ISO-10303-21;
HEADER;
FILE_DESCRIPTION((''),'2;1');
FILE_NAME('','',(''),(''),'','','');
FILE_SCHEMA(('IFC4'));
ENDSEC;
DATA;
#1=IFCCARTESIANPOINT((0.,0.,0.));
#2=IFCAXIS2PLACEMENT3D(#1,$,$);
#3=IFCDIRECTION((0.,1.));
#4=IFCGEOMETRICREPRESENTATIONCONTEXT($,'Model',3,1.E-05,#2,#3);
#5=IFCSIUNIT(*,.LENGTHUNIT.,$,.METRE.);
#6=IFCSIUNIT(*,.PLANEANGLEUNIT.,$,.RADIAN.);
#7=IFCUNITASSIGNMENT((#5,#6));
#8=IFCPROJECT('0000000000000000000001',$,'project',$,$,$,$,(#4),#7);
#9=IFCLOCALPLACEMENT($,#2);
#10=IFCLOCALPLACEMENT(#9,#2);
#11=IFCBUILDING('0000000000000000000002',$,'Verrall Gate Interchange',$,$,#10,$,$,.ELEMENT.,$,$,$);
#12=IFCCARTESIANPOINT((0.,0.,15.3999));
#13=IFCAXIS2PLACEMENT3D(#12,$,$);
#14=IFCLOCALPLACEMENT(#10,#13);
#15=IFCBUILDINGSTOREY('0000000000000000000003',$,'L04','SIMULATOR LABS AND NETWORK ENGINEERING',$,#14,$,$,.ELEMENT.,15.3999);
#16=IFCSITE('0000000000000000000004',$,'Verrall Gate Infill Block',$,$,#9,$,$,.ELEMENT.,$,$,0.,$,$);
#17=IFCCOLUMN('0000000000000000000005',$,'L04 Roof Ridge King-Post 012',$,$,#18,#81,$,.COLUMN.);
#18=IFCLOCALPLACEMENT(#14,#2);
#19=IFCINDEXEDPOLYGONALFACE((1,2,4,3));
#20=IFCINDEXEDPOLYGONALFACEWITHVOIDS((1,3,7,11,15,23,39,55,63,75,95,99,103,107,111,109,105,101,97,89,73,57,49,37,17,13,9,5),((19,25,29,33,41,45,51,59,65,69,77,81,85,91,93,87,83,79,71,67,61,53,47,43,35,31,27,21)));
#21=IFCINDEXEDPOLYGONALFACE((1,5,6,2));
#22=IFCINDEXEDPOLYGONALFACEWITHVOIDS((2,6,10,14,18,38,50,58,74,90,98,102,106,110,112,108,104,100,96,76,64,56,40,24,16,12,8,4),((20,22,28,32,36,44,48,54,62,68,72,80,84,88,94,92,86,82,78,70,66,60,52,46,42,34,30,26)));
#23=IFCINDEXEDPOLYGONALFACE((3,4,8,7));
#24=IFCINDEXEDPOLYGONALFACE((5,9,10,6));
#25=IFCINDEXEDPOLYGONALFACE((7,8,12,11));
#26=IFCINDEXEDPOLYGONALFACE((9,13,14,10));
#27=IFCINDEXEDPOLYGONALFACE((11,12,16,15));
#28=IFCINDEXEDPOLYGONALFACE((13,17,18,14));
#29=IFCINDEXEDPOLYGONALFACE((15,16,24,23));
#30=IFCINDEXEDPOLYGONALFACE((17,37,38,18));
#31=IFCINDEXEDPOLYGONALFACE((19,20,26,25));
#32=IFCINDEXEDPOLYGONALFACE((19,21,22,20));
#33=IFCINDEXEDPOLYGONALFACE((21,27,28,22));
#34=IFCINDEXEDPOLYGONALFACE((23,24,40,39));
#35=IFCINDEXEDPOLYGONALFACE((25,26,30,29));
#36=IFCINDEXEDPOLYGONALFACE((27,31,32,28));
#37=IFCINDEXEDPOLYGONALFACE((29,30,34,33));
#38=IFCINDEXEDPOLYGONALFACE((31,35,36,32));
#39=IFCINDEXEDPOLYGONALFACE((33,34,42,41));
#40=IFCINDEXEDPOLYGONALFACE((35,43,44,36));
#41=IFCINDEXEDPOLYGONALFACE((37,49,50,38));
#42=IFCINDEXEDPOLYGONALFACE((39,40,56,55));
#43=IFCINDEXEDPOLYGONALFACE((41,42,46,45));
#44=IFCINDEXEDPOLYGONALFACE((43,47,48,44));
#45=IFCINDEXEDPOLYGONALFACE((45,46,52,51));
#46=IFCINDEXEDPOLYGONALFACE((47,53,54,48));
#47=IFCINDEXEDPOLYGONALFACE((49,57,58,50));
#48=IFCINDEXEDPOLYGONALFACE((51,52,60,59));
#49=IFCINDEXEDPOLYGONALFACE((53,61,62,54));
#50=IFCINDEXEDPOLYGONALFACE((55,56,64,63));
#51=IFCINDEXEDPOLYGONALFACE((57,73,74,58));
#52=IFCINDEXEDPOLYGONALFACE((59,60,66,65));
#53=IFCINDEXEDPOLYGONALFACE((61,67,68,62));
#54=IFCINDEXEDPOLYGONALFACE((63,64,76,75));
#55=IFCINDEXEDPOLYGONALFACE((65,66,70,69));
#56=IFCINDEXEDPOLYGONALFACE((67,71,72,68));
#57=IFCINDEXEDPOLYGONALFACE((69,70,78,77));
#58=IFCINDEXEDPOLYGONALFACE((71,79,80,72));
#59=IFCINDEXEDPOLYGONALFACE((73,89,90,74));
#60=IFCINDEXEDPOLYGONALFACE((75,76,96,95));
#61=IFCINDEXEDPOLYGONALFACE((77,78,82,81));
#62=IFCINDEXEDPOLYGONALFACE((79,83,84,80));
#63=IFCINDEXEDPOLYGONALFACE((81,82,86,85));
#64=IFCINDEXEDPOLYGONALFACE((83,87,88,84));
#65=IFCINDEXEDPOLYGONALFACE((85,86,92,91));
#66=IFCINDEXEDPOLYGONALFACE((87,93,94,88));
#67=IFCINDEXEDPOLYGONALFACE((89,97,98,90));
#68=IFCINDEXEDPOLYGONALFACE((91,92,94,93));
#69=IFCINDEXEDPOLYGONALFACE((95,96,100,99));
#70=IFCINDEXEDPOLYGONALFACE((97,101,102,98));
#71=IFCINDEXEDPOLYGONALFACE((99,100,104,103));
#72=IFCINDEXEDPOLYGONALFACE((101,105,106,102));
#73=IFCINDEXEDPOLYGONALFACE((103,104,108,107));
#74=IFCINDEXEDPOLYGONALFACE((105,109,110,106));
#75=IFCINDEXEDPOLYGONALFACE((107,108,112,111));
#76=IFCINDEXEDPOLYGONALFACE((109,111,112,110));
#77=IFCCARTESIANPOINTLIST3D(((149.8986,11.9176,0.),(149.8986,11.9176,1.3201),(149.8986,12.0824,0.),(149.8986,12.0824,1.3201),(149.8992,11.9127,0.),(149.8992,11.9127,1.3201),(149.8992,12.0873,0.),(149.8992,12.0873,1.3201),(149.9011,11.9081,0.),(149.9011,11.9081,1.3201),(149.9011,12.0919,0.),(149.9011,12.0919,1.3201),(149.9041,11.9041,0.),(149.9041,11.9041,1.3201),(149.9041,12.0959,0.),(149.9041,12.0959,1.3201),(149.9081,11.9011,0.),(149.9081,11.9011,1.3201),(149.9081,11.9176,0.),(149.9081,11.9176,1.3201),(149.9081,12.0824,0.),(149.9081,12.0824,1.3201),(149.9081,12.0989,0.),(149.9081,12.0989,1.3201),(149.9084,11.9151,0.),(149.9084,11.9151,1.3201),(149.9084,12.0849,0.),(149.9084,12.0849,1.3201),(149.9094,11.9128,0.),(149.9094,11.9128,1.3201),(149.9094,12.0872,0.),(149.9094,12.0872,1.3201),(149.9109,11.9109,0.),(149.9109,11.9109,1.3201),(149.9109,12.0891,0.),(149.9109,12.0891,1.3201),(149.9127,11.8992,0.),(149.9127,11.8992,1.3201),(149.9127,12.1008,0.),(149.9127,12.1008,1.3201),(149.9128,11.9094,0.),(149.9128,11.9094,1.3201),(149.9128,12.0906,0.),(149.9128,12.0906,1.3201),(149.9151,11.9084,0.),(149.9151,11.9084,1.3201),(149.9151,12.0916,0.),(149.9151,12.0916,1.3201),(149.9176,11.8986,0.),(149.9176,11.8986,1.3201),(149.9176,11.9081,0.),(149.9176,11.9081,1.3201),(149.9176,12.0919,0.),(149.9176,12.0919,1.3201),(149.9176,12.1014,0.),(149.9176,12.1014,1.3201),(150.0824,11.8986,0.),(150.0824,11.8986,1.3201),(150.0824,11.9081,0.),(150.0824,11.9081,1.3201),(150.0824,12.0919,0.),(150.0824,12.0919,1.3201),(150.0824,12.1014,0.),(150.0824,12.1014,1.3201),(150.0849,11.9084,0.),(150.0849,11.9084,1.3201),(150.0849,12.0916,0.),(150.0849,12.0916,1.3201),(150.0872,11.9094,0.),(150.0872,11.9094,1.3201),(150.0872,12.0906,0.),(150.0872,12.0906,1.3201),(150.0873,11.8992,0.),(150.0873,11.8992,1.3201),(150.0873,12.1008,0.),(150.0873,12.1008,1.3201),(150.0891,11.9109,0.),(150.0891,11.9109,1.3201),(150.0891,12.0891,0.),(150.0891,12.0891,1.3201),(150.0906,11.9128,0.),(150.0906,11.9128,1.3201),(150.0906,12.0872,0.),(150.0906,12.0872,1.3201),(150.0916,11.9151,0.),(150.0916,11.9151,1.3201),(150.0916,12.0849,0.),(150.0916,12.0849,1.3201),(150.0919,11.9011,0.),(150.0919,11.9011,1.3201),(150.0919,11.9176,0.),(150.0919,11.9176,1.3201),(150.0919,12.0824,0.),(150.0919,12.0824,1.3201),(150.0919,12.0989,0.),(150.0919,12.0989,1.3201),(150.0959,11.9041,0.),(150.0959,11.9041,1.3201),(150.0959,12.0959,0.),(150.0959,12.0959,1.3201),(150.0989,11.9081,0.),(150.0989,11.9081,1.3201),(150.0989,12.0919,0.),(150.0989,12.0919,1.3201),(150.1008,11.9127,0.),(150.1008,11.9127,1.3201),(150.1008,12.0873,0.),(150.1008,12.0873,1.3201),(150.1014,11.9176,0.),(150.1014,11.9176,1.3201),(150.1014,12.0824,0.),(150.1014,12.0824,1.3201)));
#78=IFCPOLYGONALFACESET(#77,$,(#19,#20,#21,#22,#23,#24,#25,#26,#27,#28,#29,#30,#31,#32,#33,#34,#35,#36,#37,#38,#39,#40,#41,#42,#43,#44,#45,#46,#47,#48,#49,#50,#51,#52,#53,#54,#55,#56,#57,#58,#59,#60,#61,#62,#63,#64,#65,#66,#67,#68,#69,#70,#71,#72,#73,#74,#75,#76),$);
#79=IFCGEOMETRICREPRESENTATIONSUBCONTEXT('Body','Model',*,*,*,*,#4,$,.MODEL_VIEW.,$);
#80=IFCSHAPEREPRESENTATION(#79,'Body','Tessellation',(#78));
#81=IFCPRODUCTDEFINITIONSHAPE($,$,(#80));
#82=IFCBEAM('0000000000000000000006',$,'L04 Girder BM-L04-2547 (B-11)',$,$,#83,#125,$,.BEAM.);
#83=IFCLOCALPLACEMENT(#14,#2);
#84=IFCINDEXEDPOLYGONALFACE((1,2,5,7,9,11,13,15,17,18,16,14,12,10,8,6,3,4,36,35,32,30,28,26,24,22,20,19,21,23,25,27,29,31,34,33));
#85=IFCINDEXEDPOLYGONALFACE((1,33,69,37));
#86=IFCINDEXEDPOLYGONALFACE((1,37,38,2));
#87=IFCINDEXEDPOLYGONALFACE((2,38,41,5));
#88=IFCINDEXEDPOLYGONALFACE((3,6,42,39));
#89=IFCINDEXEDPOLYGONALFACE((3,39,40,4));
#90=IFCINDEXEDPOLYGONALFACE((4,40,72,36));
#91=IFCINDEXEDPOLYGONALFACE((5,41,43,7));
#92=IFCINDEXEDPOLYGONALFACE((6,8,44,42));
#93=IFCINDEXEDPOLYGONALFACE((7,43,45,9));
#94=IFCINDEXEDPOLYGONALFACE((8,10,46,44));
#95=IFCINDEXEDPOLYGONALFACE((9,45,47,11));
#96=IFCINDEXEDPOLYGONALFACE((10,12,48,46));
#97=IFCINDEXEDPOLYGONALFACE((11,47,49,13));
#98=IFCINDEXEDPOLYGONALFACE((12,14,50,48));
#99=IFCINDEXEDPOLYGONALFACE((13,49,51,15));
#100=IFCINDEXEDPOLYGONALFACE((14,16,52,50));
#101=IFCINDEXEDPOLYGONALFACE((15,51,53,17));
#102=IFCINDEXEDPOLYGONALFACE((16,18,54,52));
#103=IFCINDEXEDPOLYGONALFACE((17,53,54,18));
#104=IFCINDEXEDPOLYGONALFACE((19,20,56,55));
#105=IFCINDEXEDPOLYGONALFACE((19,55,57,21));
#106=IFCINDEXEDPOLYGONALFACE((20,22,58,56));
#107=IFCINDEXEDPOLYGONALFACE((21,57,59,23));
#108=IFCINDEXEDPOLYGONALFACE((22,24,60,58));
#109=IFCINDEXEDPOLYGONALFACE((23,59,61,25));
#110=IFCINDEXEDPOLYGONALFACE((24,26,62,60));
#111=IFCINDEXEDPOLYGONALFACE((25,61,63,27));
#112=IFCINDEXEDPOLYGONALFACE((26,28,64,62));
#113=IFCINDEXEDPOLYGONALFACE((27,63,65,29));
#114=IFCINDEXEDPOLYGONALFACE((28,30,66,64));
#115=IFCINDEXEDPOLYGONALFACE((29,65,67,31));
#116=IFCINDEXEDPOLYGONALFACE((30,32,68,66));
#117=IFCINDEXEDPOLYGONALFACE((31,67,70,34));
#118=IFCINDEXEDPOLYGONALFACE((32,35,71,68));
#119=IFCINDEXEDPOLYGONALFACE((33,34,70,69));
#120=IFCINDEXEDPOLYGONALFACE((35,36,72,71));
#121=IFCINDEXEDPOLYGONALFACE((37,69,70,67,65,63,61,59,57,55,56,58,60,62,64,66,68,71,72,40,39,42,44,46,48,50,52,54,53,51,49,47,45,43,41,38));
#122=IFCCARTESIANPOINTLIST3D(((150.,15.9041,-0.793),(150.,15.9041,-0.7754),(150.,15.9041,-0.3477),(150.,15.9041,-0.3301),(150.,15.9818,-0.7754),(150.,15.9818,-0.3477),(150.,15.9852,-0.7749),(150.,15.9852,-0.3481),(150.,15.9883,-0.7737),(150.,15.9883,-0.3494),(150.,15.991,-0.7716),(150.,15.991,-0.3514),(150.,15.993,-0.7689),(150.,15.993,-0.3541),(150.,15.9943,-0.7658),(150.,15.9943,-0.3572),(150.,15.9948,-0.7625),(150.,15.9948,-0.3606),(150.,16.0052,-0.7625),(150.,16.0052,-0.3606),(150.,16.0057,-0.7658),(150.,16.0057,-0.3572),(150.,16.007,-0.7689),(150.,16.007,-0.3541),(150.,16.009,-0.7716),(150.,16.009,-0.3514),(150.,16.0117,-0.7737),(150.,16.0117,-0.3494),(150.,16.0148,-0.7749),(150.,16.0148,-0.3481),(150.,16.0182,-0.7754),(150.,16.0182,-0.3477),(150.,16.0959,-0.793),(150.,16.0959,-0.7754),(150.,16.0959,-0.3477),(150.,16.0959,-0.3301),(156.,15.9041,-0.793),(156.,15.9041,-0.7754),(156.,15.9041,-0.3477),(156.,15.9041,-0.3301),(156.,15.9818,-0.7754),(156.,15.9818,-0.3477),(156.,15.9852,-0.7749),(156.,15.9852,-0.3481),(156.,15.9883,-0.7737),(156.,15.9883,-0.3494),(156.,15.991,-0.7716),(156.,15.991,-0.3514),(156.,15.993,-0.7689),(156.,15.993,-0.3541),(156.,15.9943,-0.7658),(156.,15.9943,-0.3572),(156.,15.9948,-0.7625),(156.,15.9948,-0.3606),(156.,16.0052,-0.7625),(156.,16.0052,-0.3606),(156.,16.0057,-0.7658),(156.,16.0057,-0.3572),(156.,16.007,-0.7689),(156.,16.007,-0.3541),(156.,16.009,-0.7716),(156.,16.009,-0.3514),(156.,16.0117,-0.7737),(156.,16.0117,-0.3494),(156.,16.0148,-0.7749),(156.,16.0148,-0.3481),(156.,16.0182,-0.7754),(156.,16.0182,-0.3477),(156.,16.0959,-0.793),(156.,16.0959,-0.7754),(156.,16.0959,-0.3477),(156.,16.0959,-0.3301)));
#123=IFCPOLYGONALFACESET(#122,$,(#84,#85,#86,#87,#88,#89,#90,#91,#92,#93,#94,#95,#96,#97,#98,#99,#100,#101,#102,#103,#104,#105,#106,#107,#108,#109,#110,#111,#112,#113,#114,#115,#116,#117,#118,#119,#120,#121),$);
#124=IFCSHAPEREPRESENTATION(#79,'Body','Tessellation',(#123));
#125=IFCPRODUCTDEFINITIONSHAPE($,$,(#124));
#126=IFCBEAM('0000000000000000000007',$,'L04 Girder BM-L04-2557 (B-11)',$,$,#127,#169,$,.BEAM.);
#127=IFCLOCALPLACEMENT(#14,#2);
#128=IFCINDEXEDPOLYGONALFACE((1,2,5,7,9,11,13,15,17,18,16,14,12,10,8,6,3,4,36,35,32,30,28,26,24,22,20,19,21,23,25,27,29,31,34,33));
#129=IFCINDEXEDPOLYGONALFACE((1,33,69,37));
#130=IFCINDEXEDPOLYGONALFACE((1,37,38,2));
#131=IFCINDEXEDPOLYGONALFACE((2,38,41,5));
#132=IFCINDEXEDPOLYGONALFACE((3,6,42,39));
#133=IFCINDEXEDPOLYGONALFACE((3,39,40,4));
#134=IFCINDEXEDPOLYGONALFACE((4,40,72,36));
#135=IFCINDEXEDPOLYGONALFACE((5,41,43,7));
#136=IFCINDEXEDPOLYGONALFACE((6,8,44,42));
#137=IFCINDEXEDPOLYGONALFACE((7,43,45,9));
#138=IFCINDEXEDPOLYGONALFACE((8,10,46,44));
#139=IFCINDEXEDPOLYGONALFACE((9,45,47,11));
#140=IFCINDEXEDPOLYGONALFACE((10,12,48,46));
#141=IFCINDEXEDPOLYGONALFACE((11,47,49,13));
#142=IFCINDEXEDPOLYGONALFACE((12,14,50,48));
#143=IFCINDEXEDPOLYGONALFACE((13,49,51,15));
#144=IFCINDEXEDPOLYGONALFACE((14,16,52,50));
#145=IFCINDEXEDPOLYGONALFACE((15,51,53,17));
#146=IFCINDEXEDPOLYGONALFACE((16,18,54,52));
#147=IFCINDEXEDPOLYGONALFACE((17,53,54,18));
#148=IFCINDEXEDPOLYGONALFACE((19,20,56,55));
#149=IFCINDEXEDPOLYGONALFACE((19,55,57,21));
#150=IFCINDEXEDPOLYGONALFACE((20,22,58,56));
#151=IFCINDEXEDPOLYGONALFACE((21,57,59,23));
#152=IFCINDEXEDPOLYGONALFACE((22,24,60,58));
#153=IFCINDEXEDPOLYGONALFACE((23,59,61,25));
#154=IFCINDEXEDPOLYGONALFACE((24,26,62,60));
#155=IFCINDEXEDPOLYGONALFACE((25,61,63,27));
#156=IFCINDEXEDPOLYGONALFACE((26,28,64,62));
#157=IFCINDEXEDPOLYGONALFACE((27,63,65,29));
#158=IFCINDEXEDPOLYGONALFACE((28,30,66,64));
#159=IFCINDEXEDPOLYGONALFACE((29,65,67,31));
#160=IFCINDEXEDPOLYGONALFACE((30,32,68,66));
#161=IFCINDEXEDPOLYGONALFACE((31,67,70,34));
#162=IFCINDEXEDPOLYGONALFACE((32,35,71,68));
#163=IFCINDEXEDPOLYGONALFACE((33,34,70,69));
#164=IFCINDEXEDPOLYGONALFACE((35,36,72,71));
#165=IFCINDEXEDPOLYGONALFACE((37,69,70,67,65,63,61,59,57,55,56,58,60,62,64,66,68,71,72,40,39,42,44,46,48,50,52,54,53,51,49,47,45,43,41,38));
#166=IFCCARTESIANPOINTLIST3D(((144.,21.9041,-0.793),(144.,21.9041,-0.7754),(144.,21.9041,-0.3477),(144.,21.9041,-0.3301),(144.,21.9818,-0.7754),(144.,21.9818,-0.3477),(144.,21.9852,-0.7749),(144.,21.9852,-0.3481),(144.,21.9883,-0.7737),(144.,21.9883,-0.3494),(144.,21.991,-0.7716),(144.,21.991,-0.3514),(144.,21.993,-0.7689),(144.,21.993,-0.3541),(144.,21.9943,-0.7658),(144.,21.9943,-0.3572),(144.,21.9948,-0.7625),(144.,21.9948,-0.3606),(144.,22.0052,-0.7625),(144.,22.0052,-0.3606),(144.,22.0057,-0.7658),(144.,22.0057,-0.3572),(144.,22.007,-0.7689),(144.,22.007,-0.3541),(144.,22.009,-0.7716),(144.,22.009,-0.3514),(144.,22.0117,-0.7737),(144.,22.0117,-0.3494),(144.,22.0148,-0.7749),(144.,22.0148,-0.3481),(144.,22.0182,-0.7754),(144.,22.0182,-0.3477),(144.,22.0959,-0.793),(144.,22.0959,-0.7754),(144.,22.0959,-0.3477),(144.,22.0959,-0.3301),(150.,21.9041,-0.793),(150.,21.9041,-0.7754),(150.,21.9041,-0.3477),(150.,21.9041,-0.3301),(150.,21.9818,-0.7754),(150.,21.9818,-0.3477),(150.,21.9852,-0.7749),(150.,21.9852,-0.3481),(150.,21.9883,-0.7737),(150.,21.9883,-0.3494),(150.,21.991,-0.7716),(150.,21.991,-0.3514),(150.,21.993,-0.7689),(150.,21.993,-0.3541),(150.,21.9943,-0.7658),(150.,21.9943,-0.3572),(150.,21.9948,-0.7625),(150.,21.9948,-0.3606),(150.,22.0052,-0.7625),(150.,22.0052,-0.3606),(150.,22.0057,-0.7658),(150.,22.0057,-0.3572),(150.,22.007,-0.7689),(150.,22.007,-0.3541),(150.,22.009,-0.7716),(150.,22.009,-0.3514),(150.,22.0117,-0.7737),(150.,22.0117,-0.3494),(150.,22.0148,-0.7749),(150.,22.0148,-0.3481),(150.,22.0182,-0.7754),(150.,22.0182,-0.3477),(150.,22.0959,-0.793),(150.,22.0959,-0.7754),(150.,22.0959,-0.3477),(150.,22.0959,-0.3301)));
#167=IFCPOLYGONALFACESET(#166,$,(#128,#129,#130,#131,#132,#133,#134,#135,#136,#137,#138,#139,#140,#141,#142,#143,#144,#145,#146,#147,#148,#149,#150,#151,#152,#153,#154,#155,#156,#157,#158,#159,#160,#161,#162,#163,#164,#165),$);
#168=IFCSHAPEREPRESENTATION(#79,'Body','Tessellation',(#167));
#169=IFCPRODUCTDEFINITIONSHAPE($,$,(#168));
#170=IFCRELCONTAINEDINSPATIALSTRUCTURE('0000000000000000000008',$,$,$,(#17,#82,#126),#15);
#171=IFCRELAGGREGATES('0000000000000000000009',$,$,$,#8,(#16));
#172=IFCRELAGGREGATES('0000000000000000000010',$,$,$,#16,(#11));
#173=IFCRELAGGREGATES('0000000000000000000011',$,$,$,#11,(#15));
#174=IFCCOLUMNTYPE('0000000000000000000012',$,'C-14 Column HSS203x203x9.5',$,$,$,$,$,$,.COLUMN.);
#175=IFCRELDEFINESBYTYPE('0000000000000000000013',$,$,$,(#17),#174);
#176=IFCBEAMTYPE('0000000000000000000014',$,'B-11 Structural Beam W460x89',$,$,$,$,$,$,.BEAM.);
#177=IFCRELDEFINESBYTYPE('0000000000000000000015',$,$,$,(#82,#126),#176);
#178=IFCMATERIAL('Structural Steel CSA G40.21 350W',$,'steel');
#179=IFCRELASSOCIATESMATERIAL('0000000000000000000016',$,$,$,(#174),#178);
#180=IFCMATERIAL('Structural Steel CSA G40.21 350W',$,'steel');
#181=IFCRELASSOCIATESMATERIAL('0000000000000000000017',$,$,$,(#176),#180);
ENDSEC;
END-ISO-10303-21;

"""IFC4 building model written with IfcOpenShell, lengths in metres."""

from ifc_helpers import new_model, si_unit, direction, frame, origin, origin_2d, place, context, subcontext, project, spatial, hollow_rectangle, i_section, extrude, material, material_profile, profile_set, type_object, element, save


model = new_model("IFC4")

# Units and contexts
model_context = context("Model", 3, precision=1e-05, world=origin(), true_north=direction((0.0, 1.0)))
body_context = subcontext(model_context, "Body", "Model", "MODEL_VIEW")
ifc_project = project(units=[si_unit("LENGTHUNIT", "METRE"), si_unit("PLANEANGLEUNIT", "RADIAN")], contexts=[model_context])

# Site, building, storey
site_placement = place(None, origin())
site = spatial("IfcSite", under=ifc_project, at=site_placement, Name="Verrall Gate Infill Block", CompositionType="ELEMENT", RefElevation=0.0)
building_placement = place(site_placement, origin())
building = spatial("IfcBuilding", under=site, at=building_placement, Name="Verrall Gate Interchange", CompositionType="ELEMENT")
storey_placement = place(building_placement, frame((0.0, 0.0, 15.3999)))
storey = spatial("IfcBuildingStorey", under=building, at=storey_placement, Name="L04", Description="SIMULATOR LABS AND NETWORK ENGINEERING", CompositionType="ELEMENT", Elevation=15.3999)

# Column
ifc_material_1 = material(Name="Structural Steel CSA G40.21 350W", Category="steel")
ifc_material_profile_1 = material_profile(ifc_material_1, hollow_rectangle(XDim=0.2029, YDim=0.2029, WallThickness=0.0095, InnerFilletRadius=0.0095, OuterFilletRadius=0.019, at=origin_2d()), Name="HSS203x203x9.5")
ifc_profile_set_1 = profile_set([ifc_material_profile_1], Name="Structural Steel CSA G40.21 350W")
column_type = type_object("IfcColumnType", Name="C-14 Column HSS203x203x9.5", PredefinedType="COLUMN", material=ifc_profile_set_1)
column_placement = place(storey_placement, frame((150.0, 12.0, 0.0), z_axis=(0.0, 0.0, 1.0), x_axis=(1.0, 0.0, 0.0)))
element("IfcColumn", 1, at=column_placement, inside=storey, type_object=column_type, Name="L04 Roof Ridge King-Post 012", PredefinedType="COLUMN", context=body_context, shape_type="SweptSolid", body=[
    extrude(hollow_rectangle(XDim=0.2029, YDim=0.2029, WallThickness=0.0095, InnerFilletRadius=0.0095, OuterFilletRadius=0.019, at=origin_2d()), origin(), (0.0, 0.0, 1.0), 1.3201),
])

# Beams
ifc_material_2 = material(Name="Structural Steel CSA G40.21 350W", Category="steel")
ifc_material_profile_2 = material_profile(ifc_material_2, i_section(OverallWidth=0.1919, OverallDepth=0.4629, WebThickness=0.0105, FlangeThickness=0.0176, FilletRadius=0.0129, at=origin_2d()), Name="W460x89")
ifc_profile_set_2 = profile_set([ifc_material_profile_2], Name="Structural Steel CSA G40.21 350W")
beam_type_1 = type_object("IfcBeamType", Name="B-11 Structural Beam W460x89", PredefinedType="BEAM", material=ifc_profile_set_2)
for number, where, z_axis, x_axis, name in (
    (2, (150.0, 16.0, -0.5615), (1.0, 0.0, 0.0), (0.0, 1.0, 0.0), "L04 Girder BM-L04-2547 (B-11)"),
    (3, (144.0, 22.0, -0.5615), (1.0, 0.0, 0.0), (0.0, 1.0, 0.0), "L04 Girder BM-L04-2557 (B-11)"),
):
    element("IfcBeam", number, at=place(storey_placement, frame(where, z_axis=z_axis, x_axis=x_axis)), inside=storey, type_object=beam_type_1, Name=name, PredefinedType="BEAM", context=body_context, shape_type="SweptSolid", body=[
        extrude(i_section(OverallWidth=0.1919, OverallDepth=0.4629, WebThickness=0.0105, FlangeThickness=0.0176, FilletRadius=0.0129, at=origin_2d()), origin(), (0.0, 0.0, 1.0), 6.0),
    ])

save(model, "model.ifc")
